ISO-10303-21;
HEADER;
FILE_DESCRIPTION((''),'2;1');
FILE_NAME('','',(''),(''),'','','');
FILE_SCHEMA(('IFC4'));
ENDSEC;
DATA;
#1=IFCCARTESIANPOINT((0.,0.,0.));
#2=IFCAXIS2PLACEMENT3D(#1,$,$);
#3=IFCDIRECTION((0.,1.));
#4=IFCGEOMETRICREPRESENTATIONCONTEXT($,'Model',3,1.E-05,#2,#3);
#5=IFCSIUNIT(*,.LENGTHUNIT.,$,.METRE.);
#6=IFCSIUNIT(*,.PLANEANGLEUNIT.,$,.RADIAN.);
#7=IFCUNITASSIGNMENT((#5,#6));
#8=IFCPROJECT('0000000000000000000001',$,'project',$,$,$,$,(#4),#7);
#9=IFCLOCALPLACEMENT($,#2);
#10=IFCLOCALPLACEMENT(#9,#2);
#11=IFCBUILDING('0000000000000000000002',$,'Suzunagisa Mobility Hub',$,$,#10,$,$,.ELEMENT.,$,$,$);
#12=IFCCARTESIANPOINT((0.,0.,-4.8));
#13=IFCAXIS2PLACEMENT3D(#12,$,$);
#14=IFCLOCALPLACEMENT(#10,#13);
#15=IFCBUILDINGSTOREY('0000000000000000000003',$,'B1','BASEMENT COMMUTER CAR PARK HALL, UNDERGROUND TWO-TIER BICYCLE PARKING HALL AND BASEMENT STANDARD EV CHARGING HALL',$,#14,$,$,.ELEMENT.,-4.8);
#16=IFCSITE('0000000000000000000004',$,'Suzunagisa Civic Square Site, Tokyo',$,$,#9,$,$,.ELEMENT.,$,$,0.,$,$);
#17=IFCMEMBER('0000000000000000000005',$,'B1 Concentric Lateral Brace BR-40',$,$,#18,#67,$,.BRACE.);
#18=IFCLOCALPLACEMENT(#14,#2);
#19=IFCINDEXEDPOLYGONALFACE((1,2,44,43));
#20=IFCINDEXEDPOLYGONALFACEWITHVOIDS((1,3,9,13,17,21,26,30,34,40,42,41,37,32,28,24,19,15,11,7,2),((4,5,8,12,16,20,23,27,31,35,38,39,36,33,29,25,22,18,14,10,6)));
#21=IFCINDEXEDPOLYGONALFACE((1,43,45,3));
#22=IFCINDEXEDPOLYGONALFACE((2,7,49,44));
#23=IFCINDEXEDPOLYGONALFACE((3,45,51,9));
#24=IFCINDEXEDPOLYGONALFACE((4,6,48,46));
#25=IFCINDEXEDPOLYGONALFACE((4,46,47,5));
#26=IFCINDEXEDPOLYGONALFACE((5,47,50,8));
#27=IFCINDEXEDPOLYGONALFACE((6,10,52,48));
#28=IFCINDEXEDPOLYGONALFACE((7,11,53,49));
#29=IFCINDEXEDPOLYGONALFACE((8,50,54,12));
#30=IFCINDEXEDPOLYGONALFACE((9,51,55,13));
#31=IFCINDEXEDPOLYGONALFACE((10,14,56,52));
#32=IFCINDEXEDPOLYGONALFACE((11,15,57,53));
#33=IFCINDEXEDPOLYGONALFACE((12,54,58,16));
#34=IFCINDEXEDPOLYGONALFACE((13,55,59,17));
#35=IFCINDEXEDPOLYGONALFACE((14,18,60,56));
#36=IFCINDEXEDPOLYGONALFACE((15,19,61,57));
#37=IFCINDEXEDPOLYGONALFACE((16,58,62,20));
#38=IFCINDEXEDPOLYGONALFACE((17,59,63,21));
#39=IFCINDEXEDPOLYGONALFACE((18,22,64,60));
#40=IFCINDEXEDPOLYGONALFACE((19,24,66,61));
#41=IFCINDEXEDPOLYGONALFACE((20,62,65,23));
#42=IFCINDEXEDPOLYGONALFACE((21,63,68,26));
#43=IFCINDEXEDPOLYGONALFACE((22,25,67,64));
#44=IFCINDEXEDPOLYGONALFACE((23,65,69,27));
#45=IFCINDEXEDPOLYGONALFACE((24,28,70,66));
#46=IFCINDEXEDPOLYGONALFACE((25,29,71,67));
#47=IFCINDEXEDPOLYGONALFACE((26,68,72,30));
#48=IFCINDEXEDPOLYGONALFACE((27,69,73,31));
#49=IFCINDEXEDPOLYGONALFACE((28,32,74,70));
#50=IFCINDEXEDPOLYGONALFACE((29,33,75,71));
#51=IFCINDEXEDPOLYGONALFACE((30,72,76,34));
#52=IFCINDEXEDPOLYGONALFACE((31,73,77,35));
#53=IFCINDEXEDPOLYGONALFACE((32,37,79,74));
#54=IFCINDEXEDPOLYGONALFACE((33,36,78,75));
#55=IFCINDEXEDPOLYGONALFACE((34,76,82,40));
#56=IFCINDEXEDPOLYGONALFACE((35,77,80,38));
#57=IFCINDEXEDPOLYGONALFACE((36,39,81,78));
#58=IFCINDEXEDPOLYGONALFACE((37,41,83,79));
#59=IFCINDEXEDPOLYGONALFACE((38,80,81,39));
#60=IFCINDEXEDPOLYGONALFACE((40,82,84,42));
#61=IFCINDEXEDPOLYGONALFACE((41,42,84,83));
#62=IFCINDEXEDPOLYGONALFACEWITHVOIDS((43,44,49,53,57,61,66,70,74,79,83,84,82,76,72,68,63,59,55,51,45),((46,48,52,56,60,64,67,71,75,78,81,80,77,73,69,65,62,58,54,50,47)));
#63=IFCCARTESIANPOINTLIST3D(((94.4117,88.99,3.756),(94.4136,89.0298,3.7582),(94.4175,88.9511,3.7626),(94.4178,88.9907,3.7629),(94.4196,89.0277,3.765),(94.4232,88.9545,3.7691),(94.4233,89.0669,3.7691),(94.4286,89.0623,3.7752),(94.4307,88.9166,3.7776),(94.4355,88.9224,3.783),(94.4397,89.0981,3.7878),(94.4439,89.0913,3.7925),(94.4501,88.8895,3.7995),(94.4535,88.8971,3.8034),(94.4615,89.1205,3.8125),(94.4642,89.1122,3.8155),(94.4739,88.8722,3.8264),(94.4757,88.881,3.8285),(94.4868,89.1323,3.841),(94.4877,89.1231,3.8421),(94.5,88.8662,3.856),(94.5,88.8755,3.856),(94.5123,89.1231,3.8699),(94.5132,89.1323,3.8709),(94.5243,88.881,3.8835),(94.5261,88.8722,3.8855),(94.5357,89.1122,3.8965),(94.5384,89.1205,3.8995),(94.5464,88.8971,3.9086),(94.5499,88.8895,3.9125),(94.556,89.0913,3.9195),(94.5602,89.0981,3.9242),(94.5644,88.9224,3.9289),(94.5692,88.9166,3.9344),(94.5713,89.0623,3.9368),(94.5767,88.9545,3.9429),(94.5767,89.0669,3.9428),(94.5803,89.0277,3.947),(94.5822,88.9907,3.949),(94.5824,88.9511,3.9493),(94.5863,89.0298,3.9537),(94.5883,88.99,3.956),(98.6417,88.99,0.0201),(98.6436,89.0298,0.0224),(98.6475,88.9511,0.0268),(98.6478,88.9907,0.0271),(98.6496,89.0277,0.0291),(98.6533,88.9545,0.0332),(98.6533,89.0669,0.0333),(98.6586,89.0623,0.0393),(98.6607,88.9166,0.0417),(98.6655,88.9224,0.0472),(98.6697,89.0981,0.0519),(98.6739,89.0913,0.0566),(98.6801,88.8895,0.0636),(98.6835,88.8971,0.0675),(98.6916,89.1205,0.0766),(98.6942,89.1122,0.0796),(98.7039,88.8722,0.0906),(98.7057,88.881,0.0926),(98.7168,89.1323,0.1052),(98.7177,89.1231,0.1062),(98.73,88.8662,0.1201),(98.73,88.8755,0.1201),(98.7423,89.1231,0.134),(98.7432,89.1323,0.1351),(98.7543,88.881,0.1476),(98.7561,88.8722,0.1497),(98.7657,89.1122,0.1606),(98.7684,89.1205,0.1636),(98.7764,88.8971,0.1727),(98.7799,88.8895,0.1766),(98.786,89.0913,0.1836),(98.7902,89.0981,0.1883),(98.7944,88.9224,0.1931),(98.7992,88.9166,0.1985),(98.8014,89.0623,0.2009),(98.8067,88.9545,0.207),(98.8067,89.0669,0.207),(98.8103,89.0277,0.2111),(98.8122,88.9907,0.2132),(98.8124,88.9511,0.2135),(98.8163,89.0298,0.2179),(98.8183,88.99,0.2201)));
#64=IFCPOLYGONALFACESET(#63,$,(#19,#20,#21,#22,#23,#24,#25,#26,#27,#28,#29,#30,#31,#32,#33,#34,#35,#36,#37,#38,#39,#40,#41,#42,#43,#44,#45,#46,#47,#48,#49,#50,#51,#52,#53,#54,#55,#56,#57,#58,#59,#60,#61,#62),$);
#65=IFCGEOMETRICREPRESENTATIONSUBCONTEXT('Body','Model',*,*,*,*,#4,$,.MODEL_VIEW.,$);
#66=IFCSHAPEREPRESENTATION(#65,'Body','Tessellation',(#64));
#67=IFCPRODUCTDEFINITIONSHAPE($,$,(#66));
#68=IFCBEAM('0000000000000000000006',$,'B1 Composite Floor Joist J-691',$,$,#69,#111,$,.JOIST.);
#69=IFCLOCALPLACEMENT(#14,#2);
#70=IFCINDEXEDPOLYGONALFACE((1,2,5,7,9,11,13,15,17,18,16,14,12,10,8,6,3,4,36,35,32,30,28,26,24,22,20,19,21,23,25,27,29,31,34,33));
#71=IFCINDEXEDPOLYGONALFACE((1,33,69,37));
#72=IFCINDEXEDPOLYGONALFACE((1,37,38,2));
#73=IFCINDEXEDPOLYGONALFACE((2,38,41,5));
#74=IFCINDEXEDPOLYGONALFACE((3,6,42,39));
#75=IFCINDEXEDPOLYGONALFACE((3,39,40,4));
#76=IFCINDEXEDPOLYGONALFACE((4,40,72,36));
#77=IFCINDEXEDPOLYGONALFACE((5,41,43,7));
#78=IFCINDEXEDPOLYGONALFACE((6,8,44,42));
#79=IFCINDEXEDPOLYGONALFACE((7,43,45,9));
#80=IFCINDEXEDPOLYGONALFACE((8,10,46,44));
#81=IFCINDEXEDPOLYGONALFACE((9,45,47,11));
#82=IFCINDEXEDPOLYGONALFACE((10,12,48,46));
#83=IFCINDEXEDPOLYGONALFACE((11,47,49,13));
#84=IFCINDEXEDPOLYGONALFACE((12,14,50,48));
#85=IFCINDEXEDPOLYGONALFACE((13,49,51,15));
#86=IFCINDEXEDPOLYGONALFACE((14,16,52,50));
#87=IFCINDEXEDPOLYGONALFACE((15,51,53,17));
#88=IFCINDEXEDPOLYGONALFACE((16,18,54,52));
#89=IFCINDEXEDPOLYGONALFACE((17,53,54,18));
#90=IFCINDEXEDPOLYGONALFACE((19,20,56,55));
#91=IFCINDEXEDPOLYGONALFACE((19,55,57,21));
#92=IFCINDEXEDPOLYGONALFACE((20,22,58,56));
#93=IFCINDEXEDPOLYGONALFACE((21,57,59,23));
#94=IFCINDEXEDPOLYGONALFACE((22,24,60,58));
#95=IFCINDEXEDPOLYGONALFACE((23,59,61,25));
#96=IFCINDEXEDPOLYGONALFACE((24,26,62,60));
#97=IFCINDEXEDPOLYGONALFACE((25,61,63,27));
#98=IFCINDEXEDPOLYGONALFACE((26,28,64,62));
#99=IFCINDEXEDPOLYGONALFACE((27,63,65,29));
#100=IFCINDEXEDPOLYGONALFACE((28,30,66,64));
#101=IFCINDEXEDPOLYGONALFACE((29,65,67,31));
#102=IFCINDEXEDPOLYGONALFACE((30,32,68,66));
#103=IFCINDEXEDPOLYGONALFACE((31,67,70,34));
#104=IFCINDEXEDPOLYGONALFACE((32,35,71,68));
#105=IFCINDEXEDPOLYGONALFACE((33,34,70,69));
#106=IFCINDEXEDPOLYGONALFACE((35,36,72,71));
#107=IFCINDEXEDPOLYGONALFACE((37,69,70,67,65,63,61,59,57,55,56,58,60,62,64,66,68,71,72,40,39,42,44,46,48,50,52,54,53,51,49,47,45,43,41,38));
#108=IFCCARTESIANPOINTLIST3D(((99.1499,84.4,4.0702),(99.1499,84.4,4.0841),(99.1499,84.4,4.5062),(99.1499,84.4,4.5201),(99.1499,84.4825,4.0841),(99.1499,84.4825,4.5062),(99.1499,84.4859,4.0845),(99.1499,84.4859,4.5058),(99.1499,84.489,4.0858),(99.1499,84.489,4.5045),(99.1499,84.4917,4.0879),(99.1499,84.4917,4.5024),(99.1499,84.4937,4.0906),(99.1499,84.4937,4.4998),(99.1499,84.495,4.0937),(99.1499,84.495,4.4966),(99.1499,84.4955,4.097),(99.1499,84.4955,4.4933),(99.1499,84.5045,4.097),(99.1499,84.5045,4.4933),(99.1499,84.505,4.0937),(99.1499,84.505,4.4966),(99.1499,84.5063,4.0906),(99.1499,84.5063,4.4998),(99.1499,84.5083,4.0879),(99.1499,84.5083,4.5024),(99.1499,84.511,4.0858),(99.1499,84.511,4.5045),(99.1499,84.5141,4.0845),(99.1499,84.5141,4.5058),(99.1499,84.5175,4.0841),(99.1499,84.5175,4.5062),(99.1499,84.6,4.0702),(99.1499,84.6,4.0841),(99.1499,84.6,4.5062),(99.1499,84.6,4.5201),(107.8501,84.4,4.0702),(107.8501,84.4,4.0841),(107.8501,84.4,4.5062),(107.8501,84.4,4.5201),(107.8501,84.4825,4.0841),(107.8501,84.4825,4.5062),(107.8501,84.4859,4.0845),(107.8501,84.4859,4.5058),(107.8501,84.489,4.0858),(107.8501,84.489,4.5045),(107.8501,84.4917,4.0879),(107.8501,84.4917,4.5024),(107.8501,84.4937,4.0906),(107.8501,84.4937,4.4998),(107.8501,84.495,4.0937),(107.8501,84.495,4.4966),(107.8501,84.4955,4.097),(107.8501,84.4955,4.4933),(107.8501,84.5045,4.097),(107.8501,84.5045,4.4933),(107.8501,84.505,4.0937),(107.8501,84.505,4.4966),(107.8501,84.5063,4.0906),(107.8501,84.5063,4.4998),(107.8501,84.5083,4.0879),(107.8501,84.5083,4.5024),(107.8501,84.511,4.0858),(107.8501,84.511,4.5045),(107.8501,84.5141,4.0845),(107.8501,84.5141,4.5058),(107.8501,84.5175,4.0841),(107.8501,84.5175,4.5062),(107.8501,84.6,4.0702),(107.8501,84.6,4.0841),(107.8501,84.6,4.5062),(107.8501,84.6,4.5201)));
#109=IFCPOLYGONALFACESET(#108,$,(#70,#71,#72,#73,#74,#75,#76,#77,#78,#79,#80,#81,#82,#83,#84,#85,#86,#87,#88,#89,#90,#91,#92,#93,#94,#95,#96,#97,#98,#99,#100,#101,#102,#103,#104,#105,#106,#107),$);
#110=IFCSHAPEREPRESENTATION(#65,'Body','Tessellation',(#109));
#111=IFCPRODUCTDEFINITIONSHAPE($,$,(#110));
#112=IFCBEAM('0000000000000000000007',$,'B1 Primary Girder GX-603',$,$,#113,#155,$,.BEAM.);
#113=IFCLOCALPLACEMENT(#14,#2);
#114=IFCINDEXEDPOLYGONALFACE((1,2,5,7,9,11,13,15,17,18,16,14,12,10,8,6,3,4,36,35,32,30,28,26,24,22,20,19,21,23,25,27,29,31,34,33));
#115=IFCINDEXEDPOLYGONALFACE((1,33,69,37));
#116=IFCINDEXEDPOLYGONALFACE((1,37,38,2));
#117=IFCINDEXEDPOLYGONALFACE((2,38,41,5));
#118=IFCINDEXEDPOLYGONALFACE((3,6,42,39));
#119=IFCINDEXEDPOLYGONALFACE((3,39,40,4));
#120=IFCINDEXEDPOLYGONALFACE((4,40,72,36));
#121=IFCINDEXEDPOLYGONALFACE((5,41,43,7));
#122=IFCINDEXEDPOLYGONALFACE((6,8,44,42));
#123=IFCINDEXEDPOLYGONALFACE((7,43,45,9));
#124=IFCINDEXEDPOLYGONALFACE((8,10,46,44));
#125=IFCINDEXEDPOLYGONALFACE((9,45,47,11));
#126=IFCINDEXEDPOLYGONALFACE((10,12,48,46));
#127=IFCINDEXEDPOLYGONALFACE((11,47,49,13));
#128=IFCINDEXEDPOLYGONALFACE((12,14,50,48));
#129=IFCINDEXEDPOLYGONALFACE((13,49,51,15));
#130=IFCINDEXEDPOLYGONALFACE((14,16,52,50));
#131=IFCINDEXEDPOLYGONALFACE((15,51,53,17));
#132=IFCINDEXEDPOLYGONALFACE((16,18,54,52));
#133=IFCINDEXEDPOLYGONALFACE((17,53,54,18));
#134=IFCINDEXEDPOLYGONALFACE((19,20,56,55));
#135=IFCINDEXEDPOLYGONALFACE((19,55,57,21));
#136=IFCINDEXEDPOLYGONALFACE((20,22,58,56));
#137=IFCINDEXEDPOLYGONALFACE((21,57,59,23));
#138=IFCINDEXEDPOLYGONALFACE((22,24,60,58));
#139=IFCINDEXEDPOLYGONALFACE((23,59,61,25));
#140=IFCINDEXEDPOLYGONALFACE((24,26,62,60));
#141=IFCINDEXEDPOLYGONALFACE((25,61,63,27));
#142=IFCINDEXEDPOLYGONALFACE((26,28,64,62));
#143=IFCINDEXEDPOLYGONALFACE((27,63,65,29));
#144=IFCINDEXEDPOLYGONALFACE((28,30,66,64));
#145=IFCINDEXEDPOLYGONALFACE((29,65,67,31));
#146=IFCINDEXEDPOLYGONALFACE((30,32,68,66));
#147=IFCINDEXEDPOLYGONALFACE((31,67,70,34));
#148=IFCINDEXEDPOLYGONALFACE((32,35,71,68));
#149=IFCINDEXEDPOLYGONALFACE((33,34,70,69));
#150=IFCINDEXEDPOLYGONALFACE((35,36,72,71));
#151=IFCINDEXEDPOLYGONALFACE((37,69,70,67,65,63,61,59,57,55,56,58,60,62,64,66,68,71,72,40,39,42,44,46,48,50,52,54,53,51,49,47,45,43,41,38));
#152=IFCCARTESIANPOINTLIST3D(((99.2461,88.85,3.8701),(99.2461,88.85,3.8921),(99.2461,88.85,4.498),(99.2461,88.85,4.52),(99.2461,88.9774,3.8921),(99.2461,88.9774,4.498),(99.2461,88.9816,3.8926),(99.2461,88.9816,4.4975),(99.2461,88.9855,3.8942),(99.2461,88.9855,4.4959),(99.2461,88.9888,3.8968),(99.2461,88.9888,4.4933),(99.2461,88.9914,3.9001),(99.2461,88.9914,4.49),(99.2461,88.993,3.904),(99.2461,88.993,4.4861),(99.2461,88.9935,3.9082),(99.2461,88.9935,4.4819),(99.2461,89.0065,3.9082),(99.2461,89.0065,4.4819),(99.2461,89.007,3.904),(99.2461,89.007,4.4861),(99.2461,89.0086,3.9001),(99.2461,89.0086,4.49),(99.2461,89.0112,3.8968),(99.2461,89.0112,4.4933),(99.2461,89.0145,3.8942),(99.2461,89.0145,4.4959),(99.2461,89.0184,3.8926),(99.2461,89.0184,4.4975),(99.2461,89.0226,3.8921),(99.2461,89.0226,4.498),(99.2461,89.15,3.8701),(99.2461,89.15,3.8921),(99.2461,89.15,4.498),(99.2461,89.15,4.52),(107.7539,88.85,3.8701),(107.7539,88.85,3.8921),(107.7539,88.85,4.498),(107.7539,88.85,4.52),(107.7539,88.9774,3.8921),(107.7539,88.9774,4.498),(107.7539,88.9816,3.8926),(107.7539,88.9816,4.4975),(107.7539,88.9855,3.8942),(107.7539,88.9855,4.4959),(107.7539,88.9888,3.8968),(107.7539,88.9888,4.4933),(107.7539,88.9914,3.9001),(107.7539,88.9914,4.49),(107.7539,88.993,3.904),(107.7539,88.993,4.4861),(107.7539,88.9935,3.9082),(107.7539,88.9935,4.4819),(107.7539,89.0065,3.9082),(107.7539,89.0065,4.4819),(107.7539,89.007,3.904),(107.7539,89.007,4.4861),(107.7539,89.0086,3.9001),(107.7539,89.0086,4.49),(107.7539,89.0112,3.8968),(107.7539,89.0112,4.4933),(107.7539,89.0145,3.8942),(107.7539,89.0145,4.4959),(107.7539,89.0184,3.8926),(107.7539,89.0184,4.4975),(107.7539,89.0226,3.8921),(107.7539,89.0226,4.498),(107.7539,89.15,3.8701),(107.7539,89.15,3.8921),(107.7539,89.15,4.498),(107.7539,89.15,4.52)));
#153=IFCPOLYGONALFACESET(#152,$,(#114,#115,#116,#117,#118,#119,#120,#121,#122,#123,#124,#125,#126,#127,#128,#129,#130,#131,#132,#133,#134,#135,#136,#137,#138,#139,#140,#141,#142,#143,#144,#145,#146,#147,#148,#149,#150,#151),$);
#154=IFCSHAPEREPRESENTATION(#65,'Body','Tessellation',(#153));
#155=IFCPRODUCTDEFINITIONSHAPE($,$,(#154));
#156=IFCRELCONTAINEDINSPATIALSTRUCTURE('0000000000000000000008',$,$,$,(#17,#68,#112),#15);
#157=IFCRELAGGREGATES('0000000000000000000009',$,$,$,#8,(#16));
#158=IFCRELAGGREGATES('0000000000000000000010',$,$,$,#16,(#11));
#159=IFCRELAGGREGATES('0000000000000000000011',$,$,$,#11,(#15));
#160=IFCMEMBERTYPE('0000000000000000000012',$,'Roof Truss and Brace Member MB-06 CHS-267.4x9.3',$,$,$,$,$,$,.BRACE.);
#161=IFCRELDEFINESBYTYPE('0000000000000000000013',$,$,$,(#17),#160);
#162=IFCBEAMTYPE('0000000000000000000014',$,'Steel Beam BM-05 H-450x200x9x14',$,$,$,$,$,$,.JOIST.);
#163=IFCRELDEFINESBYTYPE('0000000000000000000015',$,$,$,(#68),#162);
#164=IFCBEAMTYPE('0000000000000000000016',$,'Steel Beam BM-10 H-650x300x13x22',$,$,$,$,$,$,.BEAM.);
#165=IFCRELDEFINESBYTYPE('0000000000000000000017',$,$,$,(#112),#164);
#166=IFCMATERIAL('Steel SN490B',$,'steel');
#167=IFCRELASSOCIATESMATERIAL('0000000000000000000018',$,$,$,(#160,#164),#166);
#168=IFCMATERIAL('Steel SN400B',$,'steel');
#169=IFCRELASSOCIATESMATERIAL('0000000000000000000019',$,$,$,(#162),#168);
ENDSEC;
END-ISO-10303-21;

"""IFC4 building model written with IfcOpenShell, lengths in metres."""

from ifc_helpers import new_model, si_unit, direction, frame, origin, origin_2d, place, context, subcontext, project, spatial, hollow_circle, i_section, extrude, material, material_profile, profile_set, type_object, element, save


model = new_model("IFC4")

# Units and contexts
model_context = context("Model", 3, precision=1e-05, world=origin(), true_north=direction((0.0, 1.0)))
body_context = subcontext(model_context, "Body", "Model", "MODEL_VIEW")
ifc_project = project(units=[si_unit("LENGTHUNIT", "METRE"), si_unit("PLANEANGLEUNIT", "RADIAN")], contexts=[model_context])

# Site, building, storey
site_placement = place(None, origin())
site = spatial("IfcSite", under=ifc_project, at=site_placement, Name="Suzunagisa Civic Square Site, Tokyo", CompositionType="ELEMENT", RefElevation=0.0)
building_placement = place(site_placement, origin())
building = spatial("IfcBuilding", under=site, at=building_placement, Name="Suzunagisa Mobility Hub", CompositionType="ELEMENT")
storey_placement = place(building_placement, frame((0.0, 0.0, -4.8)))
storey = spatial("IfcBuildingStorey", under=building, at=storey_placement, Name="B1", Description="BASEMENT COMMUTER CAR PARK HALL, UNDERGROUND TWO-TIER BICYCLE PARKING HALL AND BASEMENT STANDARD EV CHARGING HALL", CompositionType="ELEMENT", Elevation=-4.8)

# Shared definitions
ifc_material_1 = material(Name="Steel SN490B", Category="steel")

# Member
ifc_material_profile_1 = material_profile(ifc_material_1, hollow_circle(Radius=0.1338, WallThickness=0.0093, at=origin_2d()), Name="CHS-267.4x9.3")
ifc_profile_set_1 = profile_set([ifc_material_profile_1], Name="Steel SN490B")
member_type = type_object("IfcMemberType", Name="Roof Truss and Brace Member MB-06 CHS-267.4x9.3", PredefinedType="BRACE", material=ifc_profile_set_1)
member_placement = place(storey_placement, frame((98.73, 89.0, 0.1201), z_axis=(-0.74953, 0.0, 0.661971), x_axis=(0.0, -1.0, 0.0)))
element("IfcMember", 1, at=member_placement, inside=storey, type_object=member_type, Name="B1 Concentric Lateral Brace BR-40", PredefinedType="BRACE", context=body_context, shape_type="SweptSolid", body=[
    extrude(hollow_circle(Radius=0.1338, WallThickness=0.0093, at=origin_2d()), origin(), (0.0, 0.0, 1.0), 5.6436),
])

# Beams
ifc_material_2 = material(Name="Steel SN400B", Category="steel")
ifc_material_profile_2 = material_profile(ifc_material_2, i_section(OverallWidth=0.2, OverallDepth=0.45, WebThickness=0.009, FlangeThickness=0.0139, FilletRadius=0.0129, at=origin_2d()), Name="H-450x200x9x14")
ifc_profile_set_2 = profile_set([ifc_material_profile_2], Name="Steel SN400B")
beam_type_1 = type_object("IfcBeamType", Name="Steel Beam BM-05 H-450x200x9x14", PredefinedType="JOIST", material=ifc_profile_set_2)
beam_1_placement = place(storey_placement, frame((99.1499, 84.5, 4.2952), z_axis=(1.0, 0.0, 0.0), x_axis=(0.0, 1.0, 0.0)))
element("IfcBeam", 2, at=beam_1_placement, inside=storey, type_object=beam_type_1, Name="B1 Composite Floor Joist J-691", PredefinedType="JOIST", context=body_context, shape_type="SweptSolid", body=[
    extrude(i_section(OverallWidth=0.2, OverallDepth=0.45, WebThickness=0.009, FlangeThickness=0.0139, FilletRadius=0.0129, at=origin_2d()), origin(), (0.0, 0.0, 1.0), 8.7002),
])
ifc_material_profile_3 = material_profile(ifc_material_1, i_section(OverallWidth=0.3, OverallDepth=0.6499, WebThickness=0.0129, FlangeThickness=0.022, FilletRadius=0.0161, at=origin_2d()), Name="H-650x300x13x22")
ifc_profile_set_3 = profile_set([ifc_material_profile_3], Name="Steel SN490B")
beam_type_2 = type_object("IfcBeamType", Name="Steel Beam BM-10 H-650x300x13x22", PredefinedType="BEAM", material=ifc_profile_set_3)
beam_2_placement = place(storey_placement, frame((99.2461, 89.0, 4.1951), z_axis=(1.0, 0.0, 0.0), x_axis=(0.0, 1.0, 0.0)))
element("IfcBeam", 3, at=beam_2_placement, inside=storey, type_object=beam_type_2, Name="B1 Primary Girder GX-603", PredefinedType="BEAM", context=body_context, shape_type="SweptSolid", body=[
    extrude(i_section(OverallWidth=0.3, OverallDepth=0.6499, WebThickness=0.0129, FlangeThickness=0.022, FilletRadius=0.0161, at=origin_2d()), origin(), (0.0, 0.0, 1.0), 8.5078),
])

save(model, "model.ifc")
